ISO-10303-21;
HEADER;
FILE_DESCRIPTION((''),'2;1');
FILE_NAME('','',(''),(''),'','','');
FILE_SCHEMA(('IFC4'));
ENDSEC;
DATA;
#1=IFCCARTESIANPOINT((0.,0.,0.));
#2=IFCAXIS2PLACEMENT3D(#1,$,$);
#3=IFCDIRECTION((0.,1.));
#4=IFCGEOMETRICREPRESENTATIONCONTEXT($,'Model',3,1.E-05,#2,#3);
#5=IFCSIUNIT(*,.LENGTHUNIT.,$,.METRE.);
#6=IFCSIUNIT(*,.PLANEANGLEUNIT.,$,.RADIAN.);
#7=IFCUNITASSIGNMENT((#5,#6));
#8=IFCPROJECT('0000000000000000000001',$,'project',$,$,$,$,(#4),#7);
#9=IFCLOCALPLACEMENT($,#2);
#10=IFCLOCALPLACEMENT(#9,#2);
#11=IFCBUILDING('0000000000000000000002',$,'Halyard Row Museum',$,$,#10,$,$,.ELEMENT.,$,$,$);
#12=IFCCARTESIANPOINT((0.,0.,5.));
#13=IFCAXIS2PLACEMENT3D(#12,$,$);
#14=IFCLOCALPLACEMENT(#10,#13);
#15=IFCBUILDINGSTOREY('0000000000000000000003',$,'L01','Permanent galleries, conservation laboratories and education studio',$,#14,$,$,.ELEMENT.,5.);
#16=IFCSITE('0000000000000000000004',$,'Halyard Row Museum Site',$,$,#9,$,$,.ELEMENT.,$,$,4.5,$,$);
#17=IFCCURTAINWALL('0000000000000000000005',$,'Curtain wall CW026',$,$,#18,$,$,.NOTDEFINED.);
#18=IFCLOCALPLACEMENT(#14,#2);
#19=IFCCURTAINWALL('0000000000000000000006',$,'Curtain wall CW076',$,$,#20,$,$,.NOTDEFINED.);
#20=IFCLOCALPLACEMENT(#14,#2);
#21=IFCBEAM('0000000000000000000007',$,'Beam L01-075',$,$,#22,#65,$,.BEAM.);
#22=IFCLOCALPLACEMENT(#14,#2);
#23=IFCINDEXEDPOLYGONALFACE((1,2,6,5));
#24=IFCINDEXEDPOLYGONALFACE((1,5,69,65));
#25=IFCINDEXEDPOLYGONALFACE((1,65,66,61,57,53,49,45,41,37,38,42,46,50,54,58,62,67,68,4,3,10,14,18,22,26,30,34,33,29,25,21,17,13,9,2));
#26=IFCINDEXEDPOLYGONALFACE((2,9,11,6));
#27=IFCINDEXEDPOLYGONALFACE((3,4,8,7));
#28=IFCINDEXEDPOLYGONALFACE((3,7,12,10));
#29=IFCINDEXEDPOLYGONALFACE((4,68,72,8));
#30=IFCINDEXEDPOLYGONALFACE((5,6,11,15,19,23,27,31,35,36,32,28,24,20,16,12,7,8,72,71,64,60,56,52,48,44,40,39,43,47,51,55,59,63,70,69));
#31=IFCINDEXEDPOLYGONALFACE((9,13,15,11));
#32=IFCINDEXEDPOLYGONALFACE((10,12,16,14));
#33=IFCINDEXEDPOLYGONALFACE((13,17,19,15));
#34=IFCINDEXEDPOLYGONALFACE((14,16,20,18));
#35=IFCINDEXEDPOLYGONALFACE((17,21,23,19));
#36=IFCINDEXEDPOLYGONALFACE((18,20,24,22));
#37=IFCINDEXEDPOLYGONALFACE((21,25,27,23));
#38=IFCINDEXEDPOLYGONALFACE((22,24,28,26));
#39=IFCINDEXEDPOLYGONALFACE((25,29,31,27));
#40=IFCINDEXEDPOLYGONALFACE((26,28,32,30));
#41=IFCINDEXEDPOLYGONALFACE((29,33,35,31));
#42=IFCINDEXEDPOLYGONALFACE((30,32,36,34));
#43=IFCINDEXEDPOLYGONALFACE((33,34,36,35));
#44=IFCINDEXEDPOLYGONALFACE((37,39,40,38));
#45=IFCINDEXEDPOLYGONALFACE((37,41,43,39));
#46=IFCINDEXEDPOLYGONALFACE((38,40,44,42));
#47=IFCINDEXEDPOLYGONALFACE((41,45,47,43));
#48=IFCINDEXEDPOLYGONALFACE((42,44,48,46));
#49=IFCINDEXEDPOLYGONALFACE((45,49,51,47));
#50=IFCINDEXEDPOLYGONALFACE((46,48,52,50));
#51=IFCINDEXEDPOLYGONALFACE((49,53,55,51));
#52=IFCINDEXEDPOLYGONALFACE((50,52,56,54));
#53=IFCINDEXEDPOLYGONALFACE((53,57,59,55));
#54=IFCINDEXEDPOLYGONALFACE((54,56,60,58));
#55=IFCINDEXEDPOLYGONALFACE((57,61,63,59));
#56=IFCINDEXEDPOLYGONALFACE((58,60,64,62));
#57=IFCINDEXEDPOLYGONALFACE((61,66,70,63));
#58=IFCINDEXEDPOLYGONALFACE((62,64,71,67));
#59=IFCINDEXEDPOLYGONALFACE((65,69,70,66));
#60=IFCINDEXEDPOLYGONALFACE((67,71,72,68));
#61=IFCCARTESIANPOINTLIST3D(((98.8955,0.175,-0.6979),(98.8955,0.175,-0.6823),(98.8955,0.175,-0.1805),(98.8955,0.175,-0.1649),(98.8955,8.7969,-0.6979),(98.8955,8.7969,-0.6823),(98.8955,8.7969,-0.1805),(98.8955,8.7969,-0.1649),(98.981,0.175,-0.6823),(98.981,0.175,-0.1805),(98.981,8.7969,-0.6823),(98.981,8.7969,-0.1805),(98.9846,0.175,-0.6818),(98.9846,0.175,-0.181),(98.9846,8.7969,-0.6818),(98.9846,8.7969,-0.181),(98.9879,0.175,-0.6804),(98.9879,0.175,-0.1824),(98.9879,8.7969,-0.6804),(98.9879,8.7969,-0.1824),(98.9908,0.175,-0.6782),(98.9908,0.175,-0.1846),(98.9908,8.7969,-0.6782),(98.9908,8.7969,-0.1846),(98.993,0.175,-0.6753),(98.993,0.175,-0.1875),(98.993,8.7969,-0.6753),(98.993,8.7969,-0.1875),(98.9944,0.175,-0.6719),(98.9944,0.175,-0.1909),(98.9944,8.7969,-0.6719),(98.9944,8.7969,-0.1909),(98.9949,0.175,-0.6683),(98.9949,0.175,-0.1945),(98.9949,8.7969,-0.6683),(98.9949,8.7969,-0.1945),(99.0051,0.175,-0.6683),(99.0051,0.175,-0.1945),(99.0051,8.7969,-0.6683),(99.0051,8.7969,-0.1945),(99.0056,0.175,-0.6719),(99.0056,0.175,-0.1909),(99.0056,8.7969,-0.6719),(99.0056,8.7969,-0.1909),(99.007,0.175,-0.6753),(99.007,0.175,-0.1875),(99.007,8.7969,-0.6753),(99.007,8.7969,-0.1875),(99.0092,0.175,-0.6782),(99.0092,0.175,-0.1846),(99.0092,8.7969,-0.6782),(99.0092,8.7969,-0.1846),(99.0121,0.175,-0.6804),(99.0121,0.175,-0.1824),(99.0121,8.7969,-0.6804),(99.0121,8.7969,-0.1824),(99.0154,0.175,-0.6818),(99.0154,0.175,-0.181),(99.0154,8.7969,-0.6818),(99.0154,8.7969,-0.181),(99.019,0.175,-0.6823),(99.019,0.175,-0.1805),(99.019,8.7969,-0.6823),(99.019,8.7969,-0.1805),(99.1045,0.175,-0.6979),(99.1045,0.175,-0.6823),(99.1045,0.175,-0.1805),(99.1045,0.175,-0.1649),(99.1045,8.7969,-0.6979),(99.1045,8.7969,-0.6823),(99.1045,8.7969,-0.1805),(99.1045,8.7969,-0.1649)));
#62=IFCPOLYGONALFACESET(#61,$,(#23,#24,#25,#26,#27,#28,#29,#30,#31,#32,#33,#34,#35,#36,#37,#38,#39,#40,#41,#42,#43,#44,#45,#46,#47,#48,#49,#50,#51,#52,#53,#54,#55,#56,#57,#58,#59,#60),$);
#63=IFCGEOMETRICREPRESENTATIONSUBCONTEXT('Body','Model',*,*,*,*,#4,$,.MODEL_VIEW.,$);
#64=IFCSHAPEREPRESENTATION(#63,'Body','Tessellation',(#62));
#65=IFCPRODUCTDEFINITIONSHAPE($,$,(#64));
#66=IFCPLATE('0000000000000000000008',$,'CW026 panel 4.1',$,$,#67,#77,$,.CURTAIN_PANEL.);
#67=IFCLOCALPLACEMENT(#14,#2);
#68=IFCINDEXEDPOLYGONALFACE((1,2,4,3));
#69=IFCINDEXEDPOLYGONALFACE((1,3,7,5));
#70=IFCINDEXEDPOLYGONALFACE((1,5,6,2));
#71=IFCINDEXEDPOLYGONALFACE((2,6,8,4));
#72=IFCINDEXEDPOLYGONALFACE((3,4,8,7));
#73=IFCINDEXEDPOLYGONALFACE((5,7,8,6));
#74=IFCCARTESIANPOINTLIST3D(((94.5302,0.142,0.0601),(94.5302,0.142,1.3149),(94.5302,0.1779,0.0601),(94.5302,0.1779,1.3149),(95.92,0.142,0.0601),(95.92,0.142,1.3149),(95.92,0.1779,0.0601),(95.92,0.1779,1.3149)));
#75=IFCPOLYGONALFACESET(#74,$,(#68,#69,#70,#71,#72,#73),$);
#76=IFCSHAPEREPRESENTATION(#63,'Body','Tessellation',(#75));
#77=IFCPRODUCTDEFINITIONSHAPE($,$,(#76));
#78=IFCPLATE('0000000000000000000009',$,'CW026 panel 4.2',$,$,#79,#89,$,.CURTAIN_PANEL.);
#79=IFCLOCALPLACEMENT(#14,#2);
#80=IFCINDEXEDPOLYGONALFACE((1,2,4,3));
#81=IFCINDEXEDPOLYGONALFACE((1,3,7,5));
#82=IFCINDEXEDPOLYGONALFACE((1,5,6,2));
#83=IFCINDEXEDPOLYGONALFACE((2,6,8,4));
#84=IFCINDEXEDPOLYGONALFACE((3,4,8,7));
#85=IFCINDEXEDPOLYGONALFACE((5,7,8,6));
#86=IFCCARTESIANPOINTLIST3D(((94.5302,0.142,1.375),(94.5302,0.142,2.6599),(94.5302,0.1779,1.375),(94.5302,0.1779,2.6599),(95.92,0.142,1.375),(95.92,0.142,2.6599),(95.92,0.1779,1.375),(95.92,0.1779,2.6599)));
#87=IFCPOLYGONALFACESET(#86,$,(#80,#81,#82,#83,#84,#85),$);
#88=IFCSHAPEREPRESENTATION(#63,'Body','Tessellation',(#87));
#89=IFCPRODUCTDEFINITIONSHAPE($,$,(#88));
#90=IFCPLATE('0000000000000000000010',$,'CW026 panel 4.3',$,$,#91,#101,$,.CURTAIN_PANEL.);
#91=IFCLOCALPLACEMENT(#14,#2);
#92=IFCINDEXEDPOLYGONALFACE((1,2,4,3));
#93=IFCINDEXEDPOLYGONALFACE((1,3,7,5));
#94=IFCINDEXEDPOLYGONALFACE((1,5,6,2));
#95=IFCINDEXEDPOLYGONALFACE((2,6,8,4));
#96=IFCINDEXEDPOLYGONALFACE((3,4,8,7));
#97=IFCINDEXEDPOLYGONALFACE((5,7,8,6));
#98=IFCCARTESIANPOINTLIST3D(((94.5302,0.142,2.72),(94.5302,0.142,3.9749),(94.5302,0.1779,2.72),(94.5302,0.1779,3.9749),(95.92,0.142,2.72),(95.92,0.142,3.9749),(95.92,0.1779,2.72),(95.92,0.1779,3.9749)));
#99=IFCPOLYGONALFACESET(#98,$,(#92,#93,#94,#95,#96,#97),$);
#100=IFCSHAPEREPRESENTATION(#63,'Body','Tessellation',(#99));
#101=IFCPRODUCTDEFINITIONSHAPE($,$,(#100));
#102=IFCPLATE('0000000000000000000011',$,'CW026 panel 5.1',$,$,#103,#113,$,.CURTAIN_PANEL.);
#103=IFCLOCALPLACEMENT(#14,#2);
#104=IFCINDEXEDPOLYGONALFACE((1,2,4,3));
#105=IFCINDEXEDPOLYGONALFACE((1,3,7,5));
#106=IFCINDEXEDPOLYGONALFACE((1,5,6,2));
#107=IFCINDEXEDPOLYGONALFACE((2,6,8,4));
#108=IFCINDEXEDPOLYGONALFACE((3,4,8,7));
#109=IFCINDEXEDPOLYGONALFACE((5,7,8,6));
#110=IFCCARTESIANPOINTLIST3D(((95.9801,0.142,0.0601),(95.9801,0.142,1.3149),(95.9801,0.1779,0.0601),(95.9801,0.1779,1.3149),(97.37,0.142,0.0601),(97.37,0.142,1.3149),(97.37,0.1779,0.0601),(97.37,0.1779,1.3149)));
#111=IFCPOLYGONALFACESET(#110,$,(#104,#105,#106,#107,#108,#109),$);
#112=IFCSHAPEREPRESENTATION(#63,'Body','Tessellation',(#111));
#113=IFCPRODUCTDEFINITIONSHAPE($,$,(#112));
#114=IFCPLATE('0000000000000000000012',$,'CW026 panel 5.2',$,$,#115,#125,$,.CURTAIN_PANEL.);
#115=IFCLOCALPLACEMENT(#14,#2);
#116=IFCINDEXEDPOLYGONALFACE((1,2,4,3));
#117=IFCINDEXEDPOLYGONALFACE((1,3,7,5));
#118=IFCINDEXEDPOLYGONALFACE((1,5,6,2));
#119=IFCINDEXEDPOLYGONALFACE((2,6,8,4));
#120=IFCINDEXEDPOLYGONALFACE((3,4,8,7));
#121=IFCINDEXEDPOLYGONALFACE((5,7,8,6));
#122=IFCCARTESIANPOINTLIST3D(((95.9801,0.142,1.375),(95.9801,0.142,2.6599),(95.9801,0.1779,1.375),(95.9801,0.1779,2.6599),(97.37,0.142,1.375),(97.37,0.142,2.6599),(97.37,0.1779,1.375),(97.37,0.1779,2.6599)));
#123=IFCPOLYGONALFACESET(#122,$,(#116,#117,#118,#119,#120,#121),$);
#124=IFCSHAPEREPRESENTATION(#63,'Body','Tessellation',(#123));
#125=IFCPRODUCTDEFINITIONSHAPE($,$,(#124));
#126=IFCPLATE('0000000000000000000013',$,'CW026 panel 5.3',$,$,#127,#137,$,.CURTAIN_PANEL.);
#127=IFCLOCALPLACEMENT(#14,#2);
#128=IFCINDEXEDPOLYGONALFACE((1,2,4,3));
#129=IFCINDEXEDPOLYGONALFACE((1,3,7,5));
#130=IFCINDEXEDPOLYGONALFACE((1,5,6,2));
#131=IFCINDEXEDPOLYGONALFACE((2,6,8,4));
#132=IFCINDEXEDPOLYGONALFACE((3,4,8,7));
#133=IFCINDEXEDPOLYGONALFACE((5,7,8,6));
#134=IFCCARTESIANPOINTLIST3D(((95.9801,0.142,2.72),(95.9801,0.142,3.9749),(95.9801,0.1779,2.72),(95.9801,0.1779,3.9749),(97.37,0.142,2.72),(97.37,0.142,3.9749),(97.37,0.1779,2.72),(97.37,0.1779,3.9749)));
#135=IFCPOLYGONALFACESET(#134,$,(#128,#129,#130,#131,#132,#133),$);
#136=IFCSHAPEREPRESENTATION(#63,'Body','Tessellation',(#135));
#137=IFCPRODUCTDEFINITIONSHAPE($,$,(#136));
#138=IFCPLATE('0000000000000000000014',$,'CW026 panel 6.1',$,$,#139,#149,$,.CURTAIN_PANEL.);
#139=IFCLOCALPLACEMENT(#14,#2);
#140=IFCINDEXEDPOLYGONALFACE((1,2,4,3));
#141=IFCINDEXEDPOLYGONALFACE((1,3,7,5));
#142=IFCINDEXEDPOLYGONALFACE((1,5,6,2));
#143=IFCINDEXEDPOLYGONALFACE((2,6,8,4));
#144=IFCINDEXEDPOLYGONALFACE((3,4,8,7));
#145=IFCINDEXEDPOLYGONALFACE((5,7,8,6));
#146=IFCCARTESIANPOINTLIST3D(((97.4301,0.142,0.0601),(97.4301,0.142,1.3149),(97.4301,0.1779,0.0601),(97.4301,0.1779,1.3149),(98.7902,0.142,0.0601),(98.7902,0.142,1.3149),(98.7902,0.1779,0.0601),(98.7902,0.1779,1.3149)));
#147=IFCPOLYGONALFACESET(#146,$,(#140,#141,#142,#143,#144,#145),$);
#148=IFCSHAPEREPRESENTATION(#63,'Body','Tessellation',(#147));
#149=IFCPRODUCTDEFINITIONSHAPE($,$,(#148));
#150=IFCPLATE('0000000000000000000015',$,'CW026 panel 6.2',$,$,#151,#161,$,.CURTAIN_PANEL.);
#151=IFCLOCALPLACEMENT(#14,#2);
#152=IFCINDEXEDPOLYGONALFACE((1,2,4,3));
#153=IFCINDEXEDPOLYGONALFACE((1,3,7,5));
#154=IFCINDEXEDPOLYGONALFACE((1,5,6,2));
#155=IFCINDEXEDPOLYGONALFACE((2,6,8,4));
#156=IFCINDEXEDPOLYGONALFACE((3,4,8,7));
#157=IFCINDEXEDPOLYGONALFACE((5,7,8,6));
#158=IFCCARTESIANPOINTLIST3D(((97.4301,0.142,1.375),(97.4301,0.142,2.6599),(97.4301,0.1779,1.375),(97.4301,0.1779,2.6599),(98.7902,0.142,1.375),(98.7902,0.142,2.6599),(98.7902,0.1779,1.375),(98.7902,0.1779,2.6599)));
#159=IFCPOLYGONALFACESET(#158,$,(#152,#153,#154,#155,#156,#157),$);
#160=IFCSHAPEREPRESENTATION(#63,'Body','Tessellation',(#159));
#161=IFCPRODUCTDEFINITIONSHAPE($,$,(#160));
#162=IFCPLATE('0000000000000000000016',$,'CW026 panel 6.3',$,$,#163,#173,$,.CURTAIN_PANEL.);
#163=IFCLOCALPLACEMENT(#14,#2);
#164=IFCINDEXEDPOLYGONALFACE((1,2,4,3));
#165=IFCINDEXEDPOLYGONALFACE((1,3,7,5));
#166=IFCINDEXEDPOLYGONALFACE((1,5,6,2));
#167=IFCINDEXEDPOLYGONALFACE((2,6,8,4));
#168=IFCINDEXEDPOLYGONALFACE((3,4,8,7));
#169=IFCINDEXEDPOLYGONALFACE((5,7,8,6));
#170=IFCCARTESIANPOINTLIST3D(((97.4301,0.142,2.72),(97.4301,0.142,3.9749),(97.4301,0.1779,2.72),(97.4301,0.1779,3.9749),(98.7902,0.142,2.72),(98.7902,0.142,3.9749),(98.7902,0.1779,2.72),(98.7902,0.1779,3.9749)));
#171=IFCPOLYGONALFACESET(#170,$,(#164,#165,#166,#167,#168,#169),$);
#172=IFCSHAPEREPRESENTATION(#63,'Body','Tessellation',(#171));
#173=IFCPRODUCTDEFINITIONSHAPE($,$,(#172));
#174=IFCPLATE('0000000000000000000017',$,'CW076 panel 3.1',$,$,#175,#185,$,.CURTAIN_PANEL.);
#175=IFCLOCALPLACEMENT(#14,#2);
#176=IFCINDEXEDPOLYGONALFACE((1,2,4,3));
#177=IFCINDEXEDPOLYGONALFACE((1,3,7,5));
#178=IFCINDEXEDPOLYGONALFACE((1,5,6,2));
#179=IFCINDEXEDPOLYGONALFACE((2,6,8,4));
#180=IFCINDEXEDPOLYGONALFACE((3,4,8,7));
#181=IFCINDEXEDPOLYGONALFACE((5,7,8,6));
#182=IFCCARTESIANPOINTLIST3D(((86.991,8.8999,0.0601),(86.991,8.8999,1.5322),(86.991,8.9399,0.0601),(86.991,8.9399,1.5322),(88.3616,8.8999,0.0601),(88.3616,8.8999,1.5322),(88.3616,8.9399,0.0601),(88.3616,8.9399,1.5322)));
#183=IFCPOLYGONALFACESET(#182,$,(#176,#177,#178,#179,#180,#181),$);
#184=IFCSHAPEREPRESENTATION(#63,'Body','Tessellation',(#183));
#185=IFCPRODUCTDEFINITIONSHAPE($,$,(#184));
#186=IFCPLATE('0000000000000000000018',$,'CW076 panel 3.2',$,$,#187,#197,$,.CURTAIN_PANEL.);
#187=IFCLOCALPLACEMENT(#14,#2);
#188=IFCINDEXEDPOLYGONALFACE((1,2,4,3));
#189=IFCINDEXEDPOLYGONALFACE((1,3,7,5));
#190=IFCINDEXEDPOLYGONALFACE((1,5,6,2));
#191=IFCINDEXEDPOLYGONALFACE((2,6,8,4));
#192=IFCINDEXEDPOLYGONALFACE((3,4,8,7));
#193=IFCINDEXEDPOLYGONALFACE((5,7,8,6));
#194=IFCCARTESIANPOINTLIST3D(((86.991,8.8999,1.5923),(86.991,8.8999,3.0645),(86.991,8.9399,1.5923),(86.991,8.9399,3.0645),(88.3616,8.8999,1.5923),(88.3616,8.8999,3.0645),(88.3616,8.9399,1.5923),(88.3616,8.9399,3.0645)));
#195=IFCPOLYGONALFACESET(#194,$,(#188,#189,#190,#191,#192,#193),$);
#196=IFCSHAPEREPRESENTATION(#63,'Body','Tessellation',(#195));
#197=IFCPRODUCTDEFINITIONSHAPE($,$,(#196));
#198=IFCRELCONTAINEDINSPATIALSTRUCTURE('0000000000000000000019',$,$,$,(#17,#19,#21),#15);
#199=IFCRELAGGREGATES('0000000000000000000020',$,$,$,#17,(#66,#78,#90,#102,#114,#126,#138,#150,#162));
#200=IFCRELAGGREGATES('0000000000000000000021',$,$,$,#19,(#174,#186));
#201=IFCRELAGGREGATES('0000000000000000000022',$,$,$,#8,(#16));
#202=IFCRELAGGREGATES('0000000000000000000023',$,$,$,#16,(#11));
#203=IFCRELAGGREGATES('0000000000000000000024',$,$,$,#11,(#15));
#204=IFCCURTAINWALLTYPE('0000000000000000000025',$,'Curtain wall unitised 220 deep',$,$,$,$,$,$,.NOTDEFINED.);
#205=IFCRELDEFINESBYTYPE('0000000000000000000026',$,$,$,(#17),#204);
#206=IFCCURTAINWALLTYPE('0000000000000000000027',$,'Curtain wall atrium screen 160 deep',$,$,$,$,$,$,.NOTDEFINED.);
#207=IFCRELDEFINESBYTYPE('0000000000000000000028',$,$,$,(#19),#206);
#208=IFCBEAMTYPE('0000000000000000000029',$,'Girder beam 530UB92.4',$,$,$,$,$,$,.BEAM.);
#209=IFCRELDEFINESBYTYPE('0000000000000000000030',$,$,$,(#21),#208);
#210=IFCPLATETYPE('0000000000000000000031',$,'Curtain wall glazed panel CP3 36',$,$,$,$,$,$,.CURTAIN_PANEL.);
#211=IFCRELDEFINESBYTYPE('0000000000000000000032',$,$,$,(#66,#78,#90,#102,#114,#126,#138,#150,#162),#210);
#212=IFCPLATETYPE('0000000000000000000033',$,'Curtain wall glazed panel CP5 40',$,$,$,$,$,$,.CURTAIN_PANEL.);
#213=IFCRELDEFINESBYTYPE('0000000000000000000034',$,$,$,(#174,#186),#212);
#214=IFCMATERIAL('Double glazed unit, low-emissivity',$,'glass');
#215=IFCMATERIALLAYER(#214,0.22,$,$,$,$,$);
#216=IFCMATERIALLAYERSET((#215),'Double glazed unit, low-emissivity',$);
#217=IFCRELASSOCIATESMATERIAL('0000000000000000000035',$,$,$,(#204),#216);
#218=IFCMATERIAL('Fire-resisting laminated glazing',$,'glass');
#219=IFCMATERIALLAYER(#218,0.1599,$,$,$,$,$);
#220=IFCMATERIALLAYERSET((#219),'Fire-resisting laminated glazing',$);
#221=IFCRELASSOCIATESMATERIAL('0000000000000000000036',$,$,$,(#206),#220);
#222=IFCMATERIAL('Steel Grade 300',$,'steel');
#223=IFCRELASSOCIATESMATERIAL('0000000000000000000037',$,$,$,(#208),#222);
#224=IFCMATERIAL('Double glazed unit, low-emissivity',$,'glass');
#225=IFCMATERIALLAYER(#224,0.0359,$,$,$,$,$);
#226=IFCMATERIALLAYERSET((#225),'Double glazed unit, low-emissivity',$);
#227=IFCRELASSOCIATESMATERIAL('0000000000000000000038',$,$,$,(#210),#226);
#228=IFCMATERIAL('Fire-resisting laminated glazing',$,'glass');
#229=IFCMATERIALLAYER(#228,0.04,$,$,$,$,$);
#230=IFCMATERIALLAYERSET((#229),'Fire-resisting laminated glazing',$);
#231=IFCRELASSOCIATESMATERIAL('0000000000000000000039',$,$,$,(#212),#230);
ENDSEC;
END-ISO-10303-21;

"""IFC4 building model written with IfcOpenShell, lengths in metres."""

from ifc_helpers import new_model, si_unit, direction, frame, origin, origin_2d, place, context, subcontext, project, spatial, rectangle, i_section, extrude, material, layer, layer_set, material_profile, profile_set, type_object, element, aggregate, save


model = new_model("IFC4")

# Units and contexts
model_context = context("Model", 3, precision=1e-05, world=origin(), true_north=direction((0.0, 1.0)))
body_context = subcontext(model_context, "Body", "Model", "MODEL_VIEW")
ifc_project = project(units=[si_unit("LENGTHUNIT", "METRE"), si_unit("PLANEANGLEUNIT", "RADIAN")], contexts=[model_context])

# Site, building, storey
site_placement = place(None, origin())
site = spatial("IfcSite", under=ifc_project, at=site_placement, Name="Halyard Row Museum Site", CompositionType="ELEMENT", RefElevation=4.5)
building_placement = place(site_placement, origin())
building = spatial("IfcBuilding", under=site, at=building_placement, Name="Halyard Row Museum", CompositionType="ELEMENT")
storey_placement = place(building_placement, frame((0.0, 0.0, 5.0)))
storey = spatial("IfcBuildingStorey", under=building, at=storey_placement, Name="L01", Description="Permanent galleries, conservation laboratories and education studio", CompositionType="ELEMENT", Elevation=5.0)

# Curtain wall
ifc_material_1 = material(Name="Double glazed unit, low-emissivity", Category="glass")
ifc_layer_1 = layer(ifc_material_1, 0.22)
ifc_layer_set_1 = layer_set([ifc_layer_1], Name="Double glazed unit, low-emissivity")
curtain_wall_type_1 = type_object("IfcCurtainWallType", Name="Curtain wall unitised 220 deep", PredefinedType="NOTDEFINED", material=ifc_layer_set_1)
curtain_wall_1_placement = place(storey_placement, origin())
curtain_wall_1 = element("IfcCurtainWall", 1, at=curtain_wall_1_placement, inside=storey, type_object=curtain_wall_type_1, Name="Curtain wall CW026", PredefinedType="NOTDEFINED")

# Curtain wall
ifc_material_2 = material(Name="Fire-resisting laminated glazing", Category="glass")
ifc_layer_2 = layer(ifc_material_2, 0.1599)
ifc_layer_set_2 = layer_set([ifc_layer_2], Name="Fire-resisting laminated glazing")
curtain_wall_type_2 = type_object("IfcCurtainWallType", Name="Curtain wall atrium screen 160 deep", PredefinedType="NOTDEFINED", material=ifc_layer_set_2)
curtain_wall_2_placement = place(storey_placement, origin())
curtain_wall_2 = element("IfcCurtainWall", 2, at=curtain_wall_2_placement, inside=storey, type_object=curtain_wall_type_2, Name="Curtain wall CW076", PredefinedType="NOTDEFINED")

# Beam
ifc_material_3 = material(Name="Steel Grade 300", Category="steel")
ifc_material_profile_1 = material_profile(ifc_material_3, i_section(OverallWidth=0.209, OverallDepth=0.533, WebThickness=0.0103, FlangeThickness=0.0156, FilletRadius=0.0139, at=origin_2d()), Name="530UB92.4")
ifc_profile_set_1 = profile_set([ifc_material_profile_1], Name="Steel Grade 300")
beam_type = type_object("IfcBeamType", Name="Girder beam 530UB92.4", PredefinedType="BEAM", material=ifc_profile_set_1)
beam_placement = place(storey_placement, frame((99.0, 0.175, -0.4314), z_axis=(0.0, 1.0, 0.0), x_axis=(-1.0, 0.0, 0.0)))
element("IfcBeam", 3, at=beam_placement, inside=storey, type_object=beam_type, Name="Beam L01-075", PredefinedType="BEAM", context=body_context, shape_type="SweptSolid", body=[
    extrude(i_section(OverallWidth=0.209, OverallDepth=0.533, WebThickness=0.0103, FlangeThickness=0.0156, FilletRadius=0.0139, at=origin_2d()), origin(), (0.0, 0.0, 1.0), 8.6218),
])

# Plates
ifc_material_4 = material(Name="Double glazed unit, low-emissivity", Category="glass")
ifc_layer_3 = layer(ifc_material_4, 0.0359)
ifc_layer_set_3 = layer_set([ifc_layer_3], Name="Double glazed unit, low-emissivity")
plate_type_1 = type_object("IfcPlateType", Name="Curtain wall glazed panel CP3 36", PredefinedType="CURTAIN_PANEL", material=ifc_layer_set_3)
plate_1_placement = place(storey_placement, frame((95.2251, 0.1599, 0.0601), z_axis=(0.0, 0.0, 1.0), x_axis=(1.0, 0.0, 0.0)))
plate_1 = element("IfcPlate", 4, at=plate_1_placement, type_object=plate_type_1, Name="CW026 panel 4.1", PredefinedType="CURTAIN_PANEL", context=body_context, shape_type="SweptSolid", body=[
    extrude(rectangle(XDim=1.3899, YDim=0.0359, at=origin_2d()), origin(), (0.0, 0.0, 1.0), 1.2549),
])
plate_2_placement = place(storey_placement, frame((95.2251, 0.1599, 1.375), z_axis=(0.0, 0.0, 1.0), x_axis=(1.0, 0.0, 0.0)))
plate_2 = element("IfcPlate", 5, at=plate_2_placement, type_object=plate_type_1, Name="CW026 panel 4.2", PredefinedType="CURTAIN_PANEL", context=body_context, shape_type="SweptSolid", body=[
    extrude(rectangle(XDim=1.3899, YDim=0.0359, at=origin_2d()), origin(), (0.0, 0.0, 1.0), 1.2849),
])
plate_3_placement = place(storey_placement, frame((95.2251, 0.1599, 2.72), z_axis=(0.0, 0.0, 1.0), x_axis=(1.0, 0.0, 0.0)))
plate_3 = element("IfcPlate", 6, at=plate_3_placement, type_object=plate_type_1, Name="CW026 panel 4.3", PredefinedType="CURTAIN_PANEL", context=body_context, shape_type="SweptSolid", body=[
    extrude(rectangle(XDim=1.3899, YDim=0.0359, at=origin_2d()), origin(), (0.0, 0.0, 1.0), 1.2549),
])
plate_4_placement = place(storey_placement, frame((96.675, 0.1599, 0.0601), z_axis=(0.0, 0.0, 1.0), x_axis=(1.0, 0.0, 0.0)))
plate_4 = element("IfcPlate", 7, at=plate_4_placement, type_object=plate_type_1, Name="CW026 panel 5.1", PredefinedType="CURTAIN_PANEL", context=body_context, shape_type="SweptSolid", body=[
    extrude(rectangle(XDim=1.3899, YDim=0.0359, at=origin_2d()), origin(), (0.0, 0.0, 1.0), 1.2549),
])
plate_5_placement = place(storey_placement, frame((96.675, 0.1599, 1.375), z_axis=(0.0, 0.0, 1.0), x_axis=(1.0, 0.0, 0.0)))
plate_5 = element("IfcPlate", 8, at=plate_5_placement, type_object=plate_type_1, Name="CW026 panel 5.2", PredefinedType="CURTAIN_PANEL", context=body_context, shape_type="SweptSolid", body=[
    extrude(rectangle(XDim=1.3899, YDim=0.0359, at=origin_2d()), origin(), (0.0, 0.0, 1.0), 1.2849),
])
plate_6_placement = place(storey_placement, frame((96.675, 0.1599, 2.72), z_axis=(0.0, 0.0, 1.0), x_axis=(1.0, 0.0, 0.0)))
plate_6 = element("IfcPlate", 9, at=plate_6_placement, type_object=plate_type_1, Name="CW026 panel 5.3", PredefinedType="CURTAIN_PANEL", context=body_context, shape_type="SweptSolid", body=[
    extrude(rectangle(XDim=1.3899, YDim=0.0359, at=origin_2d()), origin(), (0.0, 0.0, 1.0), 1.2549),
])
plate_7_placement = place(storey_placement, frame((98.1101, 0.1599, 0.0601), z_axis=(0.0, 0.0, 1.0), x_axis=(1.0, 0.0, 0.0)))
plate_7 = element("IfcPlate", 10, at=plate_7_placement, type_object=plate_type_1, Name="CW026 panel 6.1", PredefinedType="CURTAIN_PANEL", context=body_context, shape_type="SweptSolid", body=[
    extrude(rectangle(XDim=1.3601, YDim=0.0359, at=origin_2d()), origin(), (0.0, 0.0, 1.0), 1.2549),
])
plate_8_placement = place(storey_placement, frame((98.1101, 0.1599, 1.375), z_axis=(0.0, 0.0, 1.0), x_axis=(1.0, 0.0, 0.0)))
plate_8 = element("IfcPlate", 11, at=plate_8_placement, type_object=plate_type_1, Name="CW026 panel 6.2", PredefinedType="CURTAIN_PANEL", context=body_context, shape_type="SweptSolid", body=[
    extrude(rectangle(XDim=1.3601, YDim=0.0359, at=origin_2d()), origin(), (0.0, 0.0, 1.0), 1.2849),
])
plate_9_placement = place(storey_placement, frame((98.1101, 0.1599, 2.72), z_axis=(0.0, 0.0, 1.0), x_axis=(1.0, 0.0, 0.0)))
plate_9 = element("IfcPlate", 12, at=plate_9_placement, type_object=plate_type_1, Name="CW026 panel 6.3", PredefinedType="CURTAIN_PANEL", context=body_context, shape_type="SweptSolid", body=[
    extrude(rectangle(XDim=1.3601, YDim=0.0359, at=origin_2d()), origin(), (0.0, 0.0, 1.0), 1.2549),
])
aggregate(curtain_wall_1, [plate_1, plate_2, plate_3, plate_4, plate_5, plate_6, plate_7, plate_8, plate_9])
ifc_material_5 = material(Name="Fire-resisting laminated glazing", Category="glass")
ifc_layer_4 = layer(ifc_material_5, 0.04)
ifc_layer_set_4 = layer_set([ifc_layer_4], Name="Fire-resisting laminated glazing")
plate_type_2 = type_object("IfcPlateType", Name="Curtain wall glazed panel CP5 40", PredefinedType="CURTAIN_PANEL", material=ifc_layer_set_4)
plate_10_placement = place(storey_placement, frame((87.6763, 8.9199, 0.0601), z_axis=(0.0, 0.0, 1.0), x_axis=(1.0, 0.0, 0.0)))
plate_10 = element("IfcPlate", 13, at=plate_10_placement, type_object=plate_type_2, Name="CW076 panel 3.1", PredefinedType="CURTAIN_PANEL", context=body_context, shape_type="SweptSolid", body=[
    extrude(rectangle(XDim=1.3706, YDim=0.04, at=origin_2d()), origin(), (0.0, 0.0, 1.0), 1.4722),
])
plate_11_placement = place(storey_placement, frame((87.6763, 8.9199, 1.5923), z_axis=(0.0, 0.0, 1.0), x_axis=(1.0, 0.0, 0.0)))
plate_11 = element("IfcPlate", 14, at=plate_11_placement, type_object=plate_type_2, Name="CW076 panel 3.2", PredefinedType="CURTAIN_PANEL", context=body_context, shape_type="SweptSolid", body=[
    extrude(rectangle(XDim=1.3706, YDim=0.04, at=origin_2d()), origin(), (0.0, 0.0, 1.0), 1.4722),
])
aggregate(curtain_wall_2, [plate_10, plate_11])

save(model, "model.ifc")
